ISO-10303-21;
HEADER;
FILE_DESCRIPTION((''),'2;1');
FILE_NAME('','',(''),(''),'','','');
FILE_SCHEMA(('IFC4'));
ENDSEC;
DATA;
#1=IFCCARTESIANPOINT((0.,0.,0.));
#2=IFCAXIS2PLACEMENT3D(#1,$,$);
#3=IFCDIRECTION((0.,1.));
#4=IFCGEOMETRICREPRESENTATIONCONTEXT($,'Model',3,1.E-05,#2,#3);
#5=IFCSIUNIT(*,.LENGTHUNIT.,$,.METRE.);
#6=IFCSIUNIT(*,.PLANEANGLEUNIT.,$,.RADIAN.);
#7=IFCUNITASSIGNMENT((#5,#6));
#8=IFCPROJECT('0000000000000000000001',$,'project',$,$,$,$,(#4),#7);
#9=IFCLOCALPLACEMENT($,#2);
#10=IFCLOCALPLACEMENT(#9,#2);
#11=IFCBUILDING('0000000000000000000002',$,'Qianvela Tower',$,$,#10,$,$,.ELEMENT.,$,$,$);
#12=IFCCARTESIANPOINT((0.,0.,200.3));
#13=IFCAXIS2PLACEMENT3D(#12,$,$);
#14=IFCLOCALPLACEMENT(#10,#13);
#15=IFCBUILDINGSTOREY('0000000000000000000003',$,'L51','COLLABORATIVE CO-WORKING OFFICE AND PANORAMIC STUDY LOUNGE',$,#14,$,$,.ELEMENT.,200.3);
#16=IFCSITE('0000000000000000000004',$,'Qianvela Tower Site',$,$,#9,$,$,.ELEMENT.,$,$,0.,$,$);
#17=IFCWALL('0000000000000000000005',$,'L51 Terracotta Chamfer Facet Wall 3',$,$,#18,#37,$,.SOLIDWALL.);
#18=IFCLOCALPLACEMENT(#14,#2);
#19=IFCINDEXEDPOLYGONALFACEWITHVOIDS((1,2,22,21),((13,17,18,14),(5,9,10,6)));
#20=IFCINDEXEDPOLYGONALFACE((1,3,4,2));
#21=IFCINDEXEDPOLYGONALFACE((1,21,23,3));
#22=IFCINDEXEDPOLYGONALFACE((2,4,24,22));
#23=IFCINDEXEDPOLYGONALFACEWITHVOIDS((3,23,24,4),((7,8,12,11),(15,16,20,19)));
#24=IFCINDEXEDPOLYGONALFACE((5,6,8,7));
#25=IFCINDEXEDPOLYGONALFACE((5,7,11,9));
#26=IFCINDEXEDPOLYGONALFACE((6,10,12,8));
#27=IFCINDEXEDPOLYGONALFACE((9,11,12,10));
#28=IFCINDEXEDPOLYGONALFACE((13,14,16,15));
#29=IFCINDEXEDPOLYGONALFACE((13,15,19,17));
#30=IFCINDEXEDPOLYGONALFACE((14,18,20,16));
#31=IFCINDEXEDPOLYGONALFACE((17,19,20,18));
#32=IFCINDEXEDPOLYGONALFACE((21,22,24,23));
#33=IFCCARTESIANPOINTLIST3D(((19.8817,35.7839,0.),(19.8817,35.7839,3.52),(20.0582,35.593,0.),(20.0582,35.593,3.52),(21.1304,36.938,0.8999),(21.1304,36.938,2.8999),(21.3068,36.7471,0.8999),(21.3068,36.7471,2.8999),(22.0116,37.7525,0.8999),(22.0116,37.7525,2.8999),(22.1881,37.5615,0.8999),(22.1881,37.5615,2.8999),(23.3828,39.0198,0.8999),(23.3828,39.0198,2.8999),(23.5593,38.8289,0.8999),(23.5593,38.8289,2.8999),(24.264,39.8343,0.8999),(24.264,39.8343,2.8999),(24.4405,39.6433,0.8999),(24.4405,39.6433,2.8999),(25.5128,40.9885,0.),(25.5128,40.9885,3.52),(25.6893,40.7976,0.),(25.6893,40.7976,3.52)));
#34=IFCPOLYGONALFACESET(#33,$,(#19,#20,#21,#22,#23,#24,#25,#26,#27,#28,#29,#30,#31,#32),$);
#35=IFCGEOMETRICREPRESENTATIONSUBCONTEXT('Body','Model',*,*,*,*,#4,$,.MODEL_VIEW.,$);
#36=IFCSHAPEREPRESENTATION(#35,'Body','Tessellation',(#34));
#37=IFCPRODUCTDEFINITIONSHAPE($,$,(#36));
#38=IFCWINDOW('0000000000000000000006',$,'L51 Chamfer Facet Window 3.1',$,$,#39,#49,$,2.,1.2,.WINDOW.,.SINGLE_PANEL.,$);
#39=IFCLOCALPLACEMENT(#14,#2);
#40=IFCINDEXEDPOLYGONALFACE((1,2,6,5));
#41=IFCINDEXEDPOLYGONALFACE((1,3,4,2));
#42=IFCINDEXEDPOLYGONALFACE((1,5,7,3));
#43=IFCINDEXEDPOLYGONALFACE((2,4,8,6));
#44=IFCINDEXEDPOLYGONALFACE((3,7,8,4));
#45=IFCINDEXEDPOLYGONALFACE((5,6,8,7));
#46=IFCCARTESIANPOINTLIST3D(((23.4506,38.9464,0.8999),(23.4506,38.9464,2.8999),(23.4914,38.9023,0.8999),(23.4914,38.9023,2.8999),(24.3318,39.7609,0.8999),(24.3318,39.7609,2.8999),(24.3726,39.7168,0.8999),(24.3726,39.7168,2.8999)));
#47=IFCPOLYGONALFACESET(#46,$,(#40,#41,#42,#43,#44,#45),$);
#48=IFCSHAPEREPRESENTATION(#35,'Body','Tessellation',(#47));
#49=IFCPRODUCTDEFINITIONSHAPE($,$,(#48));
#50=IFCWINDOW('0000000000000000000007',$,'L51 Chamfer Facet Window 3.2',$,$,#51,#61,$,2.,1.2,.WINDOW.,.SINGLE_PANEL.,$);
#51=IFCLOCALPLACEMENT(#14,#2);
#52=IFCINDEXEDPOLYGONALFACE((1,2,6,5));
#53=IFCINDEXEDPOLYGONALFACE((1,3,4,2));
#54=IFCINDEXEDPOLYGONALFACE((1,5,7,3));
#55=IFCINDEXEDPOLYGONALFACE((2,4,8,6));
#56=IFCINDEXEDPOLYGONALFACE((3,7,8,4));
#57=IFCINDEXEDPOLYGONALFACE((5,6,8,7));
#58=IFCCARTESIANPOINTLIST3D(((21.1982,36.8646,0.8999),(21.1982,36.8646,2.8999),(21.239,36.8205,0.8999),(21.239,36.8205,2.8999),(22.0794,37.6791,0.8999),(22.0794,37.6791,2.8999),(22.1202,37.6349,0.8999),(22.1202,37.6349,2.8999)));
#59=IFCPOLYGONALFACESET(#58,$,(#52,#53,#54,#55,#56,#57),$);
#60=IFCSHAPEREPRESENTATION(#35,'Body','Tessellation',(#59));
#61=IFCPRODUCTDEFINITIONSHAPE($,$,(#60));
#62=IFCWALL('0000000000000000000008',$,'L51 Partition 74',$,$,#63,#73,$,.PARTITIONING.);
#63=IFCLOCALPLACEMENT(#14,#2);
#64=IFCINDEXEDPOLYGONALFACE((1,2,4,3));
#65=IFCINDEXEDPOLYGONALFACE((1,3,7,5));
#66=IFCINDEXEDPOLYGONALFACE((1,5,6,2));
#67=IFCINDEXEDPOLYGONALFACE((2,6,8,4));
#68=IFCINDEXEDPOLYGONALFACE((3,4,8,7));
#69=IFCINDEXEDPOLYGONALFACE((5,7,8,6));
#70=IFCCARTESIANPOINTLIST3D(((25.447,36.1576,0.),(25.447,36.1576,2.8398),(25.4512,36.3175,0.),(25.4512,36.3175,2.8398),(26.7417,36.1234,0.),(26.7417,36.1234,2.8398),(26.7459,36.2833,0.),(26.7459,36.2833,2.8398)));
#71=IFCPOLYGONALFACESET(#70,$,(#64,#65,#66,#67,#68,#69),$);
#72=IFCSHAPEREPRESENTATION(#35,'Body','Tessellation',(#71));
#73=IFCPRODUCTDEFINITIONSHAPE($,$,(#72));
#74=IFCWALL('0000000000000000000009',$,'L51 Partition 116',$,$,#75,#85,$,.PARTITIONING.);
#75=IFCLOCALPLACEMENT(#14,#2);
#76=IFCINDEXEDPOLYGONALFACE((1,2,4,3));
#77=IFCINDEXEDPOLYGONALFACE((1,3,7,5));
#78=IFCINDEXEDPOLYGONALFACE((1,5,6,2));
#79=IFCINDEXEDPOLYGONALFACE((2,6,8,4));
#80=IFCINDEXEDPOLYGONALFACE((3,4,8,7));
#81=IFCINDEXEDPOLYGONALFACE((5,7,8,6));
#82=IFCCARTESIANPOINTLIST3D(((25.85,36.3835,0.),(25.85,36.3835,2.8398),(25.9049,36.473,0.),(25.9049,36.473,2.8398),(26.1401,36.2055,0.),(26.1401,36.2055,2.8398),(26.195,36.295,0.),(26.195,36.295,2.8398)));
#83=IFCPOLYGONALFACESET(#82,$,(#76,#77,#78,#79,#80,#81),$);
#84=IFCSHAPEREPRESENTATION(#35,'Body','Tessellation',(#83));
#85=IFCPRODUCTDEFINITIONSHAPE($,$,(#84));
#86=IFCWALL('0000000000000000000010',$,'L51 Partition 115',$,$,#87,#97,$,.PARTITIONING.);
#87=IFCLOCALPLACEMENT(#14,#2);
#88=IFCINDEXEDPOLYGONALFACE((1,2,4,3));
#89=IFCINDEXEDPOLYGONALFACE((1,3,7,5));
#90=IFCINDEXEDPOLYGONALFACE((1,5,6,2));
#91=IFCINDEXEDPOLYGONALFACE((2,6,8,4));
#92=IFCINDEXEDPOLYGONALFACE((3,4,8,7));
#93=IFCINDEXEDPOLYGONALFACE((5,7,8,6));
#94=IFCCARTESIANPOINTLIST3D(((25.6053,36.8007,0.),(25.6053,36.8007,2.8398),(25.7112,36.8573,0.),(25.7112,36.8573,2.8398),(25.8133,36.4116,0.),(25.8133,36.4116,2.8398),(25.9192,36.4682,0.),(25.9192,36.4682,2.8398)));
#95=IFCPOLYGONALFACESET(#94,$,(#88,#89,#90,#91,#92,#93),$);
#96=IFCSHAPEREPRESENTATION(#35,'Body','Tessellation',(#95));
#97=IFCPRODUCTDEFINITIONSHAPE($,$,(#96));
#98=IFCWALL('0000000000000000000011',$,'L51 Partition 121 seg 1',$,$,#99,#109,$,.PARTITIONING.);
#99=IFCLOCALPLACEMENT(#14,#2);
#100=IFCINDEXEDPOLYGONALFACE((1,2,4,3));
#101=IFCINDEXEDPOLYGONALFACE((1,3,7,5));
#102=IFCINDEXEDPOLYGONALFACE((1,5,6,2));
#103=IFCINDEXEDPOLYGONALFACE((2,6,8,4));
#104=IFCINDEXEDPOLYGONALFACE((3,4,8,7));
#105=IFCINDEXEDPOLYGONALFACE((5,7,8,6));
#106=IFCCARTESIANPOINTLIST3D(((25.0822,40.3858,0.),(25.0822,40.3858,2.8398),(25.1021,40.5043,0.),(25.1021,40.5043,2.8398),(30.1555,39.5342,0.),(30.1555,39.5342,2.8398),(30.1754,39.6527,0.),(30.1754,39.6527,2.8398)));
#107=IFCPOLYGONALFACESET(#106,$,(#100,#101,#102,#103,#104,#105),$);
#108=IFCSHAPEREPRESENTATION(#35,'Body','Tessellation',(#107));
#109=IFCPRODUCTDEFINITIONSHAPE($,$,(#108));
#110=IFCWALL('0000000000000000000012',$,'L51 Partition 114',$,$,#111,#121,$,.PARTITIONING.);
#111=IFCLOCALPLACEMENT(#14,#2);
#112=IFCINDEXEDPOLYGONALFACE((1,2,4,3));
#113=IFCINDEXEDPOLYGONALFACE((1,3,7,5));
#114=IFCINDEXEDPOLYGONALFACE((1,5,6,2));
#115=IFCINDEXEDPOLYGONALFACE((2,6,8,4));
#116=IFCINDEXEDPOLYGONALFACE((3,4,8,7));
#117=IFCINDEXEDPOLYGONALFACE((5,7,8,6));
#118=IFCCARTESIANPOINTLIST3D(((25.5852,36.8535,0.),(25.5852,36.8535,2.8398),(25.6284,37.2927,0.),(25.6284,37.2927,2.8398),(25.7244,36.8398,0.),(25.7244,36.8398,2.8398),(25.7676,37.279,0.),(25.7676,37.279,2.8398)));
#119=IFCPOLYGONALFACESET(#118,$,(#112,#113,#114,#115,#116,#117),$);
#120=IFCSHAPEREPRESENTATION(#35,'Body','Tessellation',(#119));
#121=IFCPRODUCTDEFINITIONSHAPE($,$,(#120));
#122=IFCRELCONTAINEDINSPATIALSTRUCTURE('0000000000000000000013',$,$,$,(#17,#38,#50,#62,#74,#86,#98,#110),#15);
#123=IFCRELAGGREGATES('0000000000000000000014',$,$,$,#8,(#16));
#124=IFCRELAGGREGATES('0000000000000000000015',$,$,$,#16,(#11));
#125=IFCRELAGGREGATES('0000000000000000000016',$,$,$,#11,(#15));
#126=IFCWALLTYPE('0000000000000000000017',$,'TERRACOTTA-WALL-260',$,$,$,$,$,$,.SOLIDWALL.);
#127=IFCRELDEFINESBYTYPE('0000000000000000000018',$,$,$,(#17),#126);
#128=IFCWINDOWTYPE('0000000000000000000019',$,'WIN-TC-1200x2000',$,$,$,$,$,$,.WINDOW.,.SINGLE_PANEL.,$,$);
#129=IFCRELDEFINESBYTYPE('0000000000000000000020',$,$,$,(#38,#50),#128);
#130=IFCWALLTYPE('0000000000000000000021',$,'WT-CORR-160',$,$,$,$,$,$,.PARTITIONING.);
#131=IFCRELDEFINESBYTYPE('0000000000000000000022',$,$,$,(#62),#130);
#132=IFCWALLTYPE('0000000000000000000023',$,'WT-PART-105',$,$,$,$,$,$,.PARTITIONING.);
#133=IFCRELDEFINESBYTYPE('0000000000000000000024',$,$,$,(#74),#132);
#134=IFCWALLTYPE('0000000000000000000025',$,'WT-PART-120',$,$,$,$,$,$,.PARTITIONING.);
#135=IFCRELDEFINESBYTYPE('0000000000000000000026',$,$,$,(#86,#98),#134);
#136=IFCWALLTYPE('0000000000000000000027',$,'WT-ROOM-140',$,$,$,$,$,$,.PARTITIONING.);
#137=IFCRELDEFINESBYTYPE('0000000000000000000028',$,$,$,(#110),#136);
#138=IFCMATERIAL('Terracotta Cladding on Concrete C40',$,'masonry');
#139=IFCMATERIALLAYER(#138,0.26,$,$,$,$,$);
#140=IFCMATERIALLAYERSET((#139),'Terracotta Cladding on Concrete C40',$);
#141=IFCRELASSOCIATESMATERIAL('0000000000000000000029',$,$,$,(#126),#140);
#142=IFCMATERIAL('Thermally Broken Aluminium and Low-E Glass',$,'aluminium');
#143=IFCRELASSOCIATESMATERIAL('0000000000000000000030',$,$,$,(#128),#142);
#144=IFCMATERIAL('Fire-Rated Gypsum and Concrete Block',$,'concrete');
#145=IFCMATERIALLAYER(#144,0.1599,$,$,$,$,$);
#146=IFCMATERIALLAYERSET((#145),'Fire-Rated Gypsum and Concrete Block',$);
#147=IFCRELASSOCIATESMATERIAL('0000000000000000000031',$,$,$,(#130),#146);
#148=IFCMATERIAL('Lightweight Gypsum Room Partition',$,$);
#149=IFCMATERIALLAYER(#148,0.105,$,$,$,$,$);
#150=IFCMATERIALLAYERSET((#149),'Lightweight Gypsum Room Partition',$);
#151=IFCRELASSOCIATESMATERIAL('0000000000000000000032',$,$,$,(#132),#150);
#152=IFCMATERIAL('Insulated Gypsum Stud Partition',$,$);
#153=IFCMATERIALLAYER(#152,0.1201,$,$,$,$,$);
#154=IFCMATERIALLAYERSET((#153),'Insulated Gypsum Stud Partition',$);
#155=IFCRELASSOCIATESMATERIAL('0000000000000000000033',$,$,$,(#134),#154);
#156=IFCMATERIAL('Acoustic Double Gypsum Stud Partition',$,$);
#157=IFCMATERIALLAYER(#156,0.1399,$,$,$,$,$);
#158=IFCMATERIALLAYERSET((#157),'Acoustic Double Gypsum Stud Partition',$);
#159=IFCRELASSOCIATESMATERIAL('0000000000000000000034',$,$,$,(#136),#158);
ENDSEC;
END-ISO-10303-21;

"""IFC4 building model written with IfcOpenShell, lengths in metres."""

from ifc_helpers import new_model, si_unit, direction, frame, frame_2d, origin, place, context, subcontext, project, spatial, rectangle, extrude, material, layer, layer_set, type_object, element, fill, save


model = new_model("IFC4")

# Units and contexts
model_context = context("Model", 3, precision=1e-05, world=origin(), true_north=direction((0.0, 1.0)))
body_context = subcontext(model_context, "Body", "Model", "MODEL_VIEW")
ifc_project = project(units=[si_unit("LENGTHUNIT", "METRE"), si_unit("PLANEANGLEUNIT", "RADIAN")], contexts=[model_context])

# Site, building, storey
site_placement = place(None, origin())
site = spatial("IfcSite", under=ifc_project, at=site_placement, Name="Qianvela Tower Site", CompositionType="ELEMENT", RefElevation=0.0)
building_placement = place(site_placement, origin())
building = spatial("IfcBuilding", under=site, at=building_placement, Name="Qianvela Tower", CompositionType="ELEMENT")
storey_placement = place(building_placement, frame((0.0, 0.0, 200.3)))
storey = spatial("IfcBuildingStorey", under=building, at=storey_placement, Name="L51", Description="COLLABORATIVE CO-WORKING OFFICE AND PANORAMIC STUDY LOUNGE", CompositionType="ELEMENT", Elevation=200.3)

# Wall, openings, windows
ifc_material_1 = material(Name="Terracotta Cladding on Concrete C40", Category="masonry")
ifc_layer_1 = layer(ifc_material_1, 0.26)
ifc_layer_set_1 = layer_set([ifc_layer_1], Name="Terracotta Cladding on Concrete C40")
wall_type_1 = type_object("IfcWallType", Name="TERRACOTTA-WALL-260", PredefinedType="SOLIDWALL", material=ifc_layer_set_1)
wall_1_placement = place(storey_placement, frame((25.6011, 40.8931, 0.0), z_axis=(0.0, 0.0, 1.0), x_axis=(-0.734371, -0.678748, 0.0)))
wall_1 = element("IfcWall", 1, at=wall_1_placement, inside=storey, type_object=wall_type_1, Name="L51 Terracotta Chamfer Facet Wall 3", PredefinedType="SOLIDWALL", context=body_context, shape_type="SweptSolid", body=[
    extrude(rectangle(XDim=7.668, YDim=0.26, at=frame_2d((3.834, 0.0))), origin(), (0.0, 0.0, 1.0), 3.52),
])
opening_1_placement = place(wall_1_placement, frame((1.7004, 0.0, 0.8999)))
opening_1 = element("IfcOpeningElement", 2, at=opening_1_placement, cuts=wall_1, PredefinedType="OPENING", context=body_context, shape_type="SweptSolid", body=[
    extrude(rectangle(XDim=1.2, YDim=2.0, at=frame_2d((0.6001, 1.0))), frame((0.0, 0.1399, 0.0), z_axis=(0.0, -1.0, 0.0), x_axis=(1.0, 0.0, 0.0)), (0.0, 0.0, 1.0), 0.28),
])
opening_2_placement = place(wall_1_placement, frame((4.7676, 0.0, 0.8999)))
opening_2 = element("IfcOpeningElement", 3, at=opening_2_placement, cuts=wall_1, PredefinedType="OPENING", context=body_context, shape_type="SweptSolid", body=[
    extrude(rectangle(XDim=1.2, YDim=2.0, at=frame_2d((0.6001, 1.0))), frame((0.0, 0.1399, 0.0), z_axis=(0.0, -1.0, 0.0), x_axis=(1.0, 0.0, 0.0)), (0.0, 0.0, 1.0), 0.28),
])
ifc_material_2 = material(Name="Thermally Broken Aluminium and Low-E Glass", Category="aluminium")
window_type = type_object("IfcWindowType", Name="WIN-TC-1200x2000", PartitioningType="SINGLE_PANEL", PredefinedType="WINDOW", material=ifc_material_2)
window_1_placement = place(opening_1_placement, origin())
window_1 = element("IfcWindow", 4, at=window_1_placement, inside=storey, type_object=window_type, Name="L51 Chamfer Facet Window 3.1", OverallHeight=2.0, OverallWidth=1.2, PartitioningType="SINGLE_PANEL", PredefinedType="WINDOW", context=body_context, shape_type="SweptSolid", body=[
    extrude(rectangle(XDim=1.2, YDim=2.0, at=frame_2d((0.6001, 1.0))), frame((0.0, 0.03, 0.0), z_axis=(0.0, -1.0, 0.0), x_axis=(1.0, 0.0, 0.0)), (0.0, 0.0, 1.0), 0.0601),
])
fill(opening_1, window_1)
window_2_placement = place(opening_2_placement, origin())
window_2 = element("IfcWindow", 5, at=window_2_placement, inside=storey, type_object=window_type, Name="L51 Chamfer Facet Window 3.2", OverallHeight=2.0, OverallWidth=1.2, PartitioningType="SINGLE_PANEL", PredefinedType="WINDOW", context=body_context, shape_type="SweptSolid", body=[
    extrude(rectangle(XDim=1.2, YDim=2.0, at=frame_2d((0.6001, 1.0))), frame((0.0, 0.03, 0.0), z_axis=(0.0, -1.0, 0.0), x_axis=(1.0, 0.0, 0.0)), (0.0, 0.0, 1.0), 0.0601),
])
fill(opening_2, window_2)

# Walls
ifc_material_3 = material(Name="Fire-Rated Gypsum and Concrete Block", Category="concrete")
ifc_layer_2 = layer(ifc_material_3, 0.1599)
ifc_layer_set_2 = layer_set([ifc_layer_2], Name="Fire-Rated Gypsum and Concrete Block")
wall_type_2 = type_object("IfcWallType", Name="WT-CORR-160", PredefinedType="PARTITIONING", material=ifc_layer_set_2)
wall_2_placement = place(storey_placement, frame((25.4492, 36.2375, 0.0), z_axis=(0.0, 0.0, 1.0), x_axis=(0.999652, -0.026391, 0.0)))
element("IfcWall", 6, at=wall_2_placement, inside=storey, type_object=wall_type_2, Name="L51 Partition 74", PredefinedType="PARTITIONING", context=body_context, shape_type="SweptSolid", body=[
    extrude(rectangle(XDim=1.2952, YDim=0.1599, at=frame_2d((0.6475, 0.0))), origin(), (0.0, 0.0, 1.0), 2.8398),
])
ifc_material_4 = material(Name="Lightweight Gypsum Room Partition")
ifc_layer_3 = layer(ifc_material_4, 0.105)
ifc_layer_set_3 = layer_set([ifc_layer_3], Name="Lightweight Gypsum Room Partition")
wall_type_3 = type_object("IfcWallType", Name="WT-PART-105", PredefinedType="PARTITIONING", material=ifc_layer_set_3)
wall_3_placement = place(storey_placement, frame((25.8774, 36.4282, 0.0), z_axis=(0.0, 0.0, 1.0), x_axis=(0.852323, -0.523016, 0.0)))
element("IfcWall", 7, at=wall_3_placement, inside=storey, type_object=wall_type_3, Name="L51 Partition 116", PredefinedType="PARTITIONING", context=body_context, shape_type="SweptSolid", body=[
    extrude(rectangle(XDim=0.3403, YDim=0.105, at=frame_2d((0.1702, 0.0))), origin(), (0.0, 0.0, 1.0), 2.8398),
])
ifc_material_5 = material(Name="Insulated Gypsum Stud Partition")
ifc_layer_4 = layer(ifc_material_5, 0.1201)
ifc_layer_set_4 = layer_set([ifc_layer_4], Name="Insulated Gypsum Stud Partition")
wall_type_4 = type_object("IfcWallType", Name="WT-PART-120", PredefinedType="PARTITIONING", material=ifc_layer_set_4)
wall_4_placement = place(storey_placement, frame((25.6582, 36.8291, 0.0), z_axis=(0.0, 0.0, 1.0), x_axis=(0.471392, -0.881924, 0.0)))
element("IfcWall", 8, at=wall_4_placement, inside=storey, type_object=wall_type_4, Name="L51 Partition 115", PredefinedType="PARTITIONING", context=body_context, shape_type="SweptSolid", body=[
    extrude(rectangle(XDim=0.4412, YDim=0.1201, at=frame_2d((0.2207, 0.0))), origin(), (0.0, 0.0, 1.0), 2.8398),
])
wall_5_placement = place(storey_placement, frame((25.092, 40.4451, 0.0), z_axis=(0.0, 0.0, 1.0), x_axis=(0.986203, -0.165538, 0.0)))
element("IfcWall", 9, at=wall_5_placement, inside=storey, type_object=wall_type_4, Name="L51 Partition 121 seg 1", PredefinedType="PARTITIONING", context=body_context, shape_type="SweptSolid", body=[
    extrude(rectangle(XDim=5.1443, YDim=0.1201, at=frame_2d((2.5723, 0.0))), origin(), (0.0, 0.0, 1.0), 2.8398),
])
ifc_material_6 = material(Name="Acoustic Double Gypsum Stud Partition")
ifc_layer_5 = layer(ifc_material_6, 0.1399)
ifc_layer_set_5 = layer_set([ifc_layer_5], Name="Acoustic Double Gypsum Stud Partition")
wall_type_5 = type_object("IfcWallType", Name="WT-ROOM-140", PredefinedType="PARTITIONING", material=ifc_layer_set_5)
wall_6_placement = place(storey_placement, frame((25.698, 37.2859, 0.0), z_axis=(0.0, 0.0, 1.0), x_axis=(-0.097915, -0.995195, 0.0)))
element("IfcWall", 10, at=wall_6_placement, inside=storey, type_object=wall_type_5, Name="L51 Partition 114", PredefinedType="PARTITIONING", context=body_context, shape_type="SweptSolid", body=[
    extrude(rectangle(XDim=0.4414, YDim=0.1399, at=frame_2d((0.2207, 0.0))), origin(), (0.0, 0.0, 1.0), 2.8398),
])

save(model, "model.ifc")
